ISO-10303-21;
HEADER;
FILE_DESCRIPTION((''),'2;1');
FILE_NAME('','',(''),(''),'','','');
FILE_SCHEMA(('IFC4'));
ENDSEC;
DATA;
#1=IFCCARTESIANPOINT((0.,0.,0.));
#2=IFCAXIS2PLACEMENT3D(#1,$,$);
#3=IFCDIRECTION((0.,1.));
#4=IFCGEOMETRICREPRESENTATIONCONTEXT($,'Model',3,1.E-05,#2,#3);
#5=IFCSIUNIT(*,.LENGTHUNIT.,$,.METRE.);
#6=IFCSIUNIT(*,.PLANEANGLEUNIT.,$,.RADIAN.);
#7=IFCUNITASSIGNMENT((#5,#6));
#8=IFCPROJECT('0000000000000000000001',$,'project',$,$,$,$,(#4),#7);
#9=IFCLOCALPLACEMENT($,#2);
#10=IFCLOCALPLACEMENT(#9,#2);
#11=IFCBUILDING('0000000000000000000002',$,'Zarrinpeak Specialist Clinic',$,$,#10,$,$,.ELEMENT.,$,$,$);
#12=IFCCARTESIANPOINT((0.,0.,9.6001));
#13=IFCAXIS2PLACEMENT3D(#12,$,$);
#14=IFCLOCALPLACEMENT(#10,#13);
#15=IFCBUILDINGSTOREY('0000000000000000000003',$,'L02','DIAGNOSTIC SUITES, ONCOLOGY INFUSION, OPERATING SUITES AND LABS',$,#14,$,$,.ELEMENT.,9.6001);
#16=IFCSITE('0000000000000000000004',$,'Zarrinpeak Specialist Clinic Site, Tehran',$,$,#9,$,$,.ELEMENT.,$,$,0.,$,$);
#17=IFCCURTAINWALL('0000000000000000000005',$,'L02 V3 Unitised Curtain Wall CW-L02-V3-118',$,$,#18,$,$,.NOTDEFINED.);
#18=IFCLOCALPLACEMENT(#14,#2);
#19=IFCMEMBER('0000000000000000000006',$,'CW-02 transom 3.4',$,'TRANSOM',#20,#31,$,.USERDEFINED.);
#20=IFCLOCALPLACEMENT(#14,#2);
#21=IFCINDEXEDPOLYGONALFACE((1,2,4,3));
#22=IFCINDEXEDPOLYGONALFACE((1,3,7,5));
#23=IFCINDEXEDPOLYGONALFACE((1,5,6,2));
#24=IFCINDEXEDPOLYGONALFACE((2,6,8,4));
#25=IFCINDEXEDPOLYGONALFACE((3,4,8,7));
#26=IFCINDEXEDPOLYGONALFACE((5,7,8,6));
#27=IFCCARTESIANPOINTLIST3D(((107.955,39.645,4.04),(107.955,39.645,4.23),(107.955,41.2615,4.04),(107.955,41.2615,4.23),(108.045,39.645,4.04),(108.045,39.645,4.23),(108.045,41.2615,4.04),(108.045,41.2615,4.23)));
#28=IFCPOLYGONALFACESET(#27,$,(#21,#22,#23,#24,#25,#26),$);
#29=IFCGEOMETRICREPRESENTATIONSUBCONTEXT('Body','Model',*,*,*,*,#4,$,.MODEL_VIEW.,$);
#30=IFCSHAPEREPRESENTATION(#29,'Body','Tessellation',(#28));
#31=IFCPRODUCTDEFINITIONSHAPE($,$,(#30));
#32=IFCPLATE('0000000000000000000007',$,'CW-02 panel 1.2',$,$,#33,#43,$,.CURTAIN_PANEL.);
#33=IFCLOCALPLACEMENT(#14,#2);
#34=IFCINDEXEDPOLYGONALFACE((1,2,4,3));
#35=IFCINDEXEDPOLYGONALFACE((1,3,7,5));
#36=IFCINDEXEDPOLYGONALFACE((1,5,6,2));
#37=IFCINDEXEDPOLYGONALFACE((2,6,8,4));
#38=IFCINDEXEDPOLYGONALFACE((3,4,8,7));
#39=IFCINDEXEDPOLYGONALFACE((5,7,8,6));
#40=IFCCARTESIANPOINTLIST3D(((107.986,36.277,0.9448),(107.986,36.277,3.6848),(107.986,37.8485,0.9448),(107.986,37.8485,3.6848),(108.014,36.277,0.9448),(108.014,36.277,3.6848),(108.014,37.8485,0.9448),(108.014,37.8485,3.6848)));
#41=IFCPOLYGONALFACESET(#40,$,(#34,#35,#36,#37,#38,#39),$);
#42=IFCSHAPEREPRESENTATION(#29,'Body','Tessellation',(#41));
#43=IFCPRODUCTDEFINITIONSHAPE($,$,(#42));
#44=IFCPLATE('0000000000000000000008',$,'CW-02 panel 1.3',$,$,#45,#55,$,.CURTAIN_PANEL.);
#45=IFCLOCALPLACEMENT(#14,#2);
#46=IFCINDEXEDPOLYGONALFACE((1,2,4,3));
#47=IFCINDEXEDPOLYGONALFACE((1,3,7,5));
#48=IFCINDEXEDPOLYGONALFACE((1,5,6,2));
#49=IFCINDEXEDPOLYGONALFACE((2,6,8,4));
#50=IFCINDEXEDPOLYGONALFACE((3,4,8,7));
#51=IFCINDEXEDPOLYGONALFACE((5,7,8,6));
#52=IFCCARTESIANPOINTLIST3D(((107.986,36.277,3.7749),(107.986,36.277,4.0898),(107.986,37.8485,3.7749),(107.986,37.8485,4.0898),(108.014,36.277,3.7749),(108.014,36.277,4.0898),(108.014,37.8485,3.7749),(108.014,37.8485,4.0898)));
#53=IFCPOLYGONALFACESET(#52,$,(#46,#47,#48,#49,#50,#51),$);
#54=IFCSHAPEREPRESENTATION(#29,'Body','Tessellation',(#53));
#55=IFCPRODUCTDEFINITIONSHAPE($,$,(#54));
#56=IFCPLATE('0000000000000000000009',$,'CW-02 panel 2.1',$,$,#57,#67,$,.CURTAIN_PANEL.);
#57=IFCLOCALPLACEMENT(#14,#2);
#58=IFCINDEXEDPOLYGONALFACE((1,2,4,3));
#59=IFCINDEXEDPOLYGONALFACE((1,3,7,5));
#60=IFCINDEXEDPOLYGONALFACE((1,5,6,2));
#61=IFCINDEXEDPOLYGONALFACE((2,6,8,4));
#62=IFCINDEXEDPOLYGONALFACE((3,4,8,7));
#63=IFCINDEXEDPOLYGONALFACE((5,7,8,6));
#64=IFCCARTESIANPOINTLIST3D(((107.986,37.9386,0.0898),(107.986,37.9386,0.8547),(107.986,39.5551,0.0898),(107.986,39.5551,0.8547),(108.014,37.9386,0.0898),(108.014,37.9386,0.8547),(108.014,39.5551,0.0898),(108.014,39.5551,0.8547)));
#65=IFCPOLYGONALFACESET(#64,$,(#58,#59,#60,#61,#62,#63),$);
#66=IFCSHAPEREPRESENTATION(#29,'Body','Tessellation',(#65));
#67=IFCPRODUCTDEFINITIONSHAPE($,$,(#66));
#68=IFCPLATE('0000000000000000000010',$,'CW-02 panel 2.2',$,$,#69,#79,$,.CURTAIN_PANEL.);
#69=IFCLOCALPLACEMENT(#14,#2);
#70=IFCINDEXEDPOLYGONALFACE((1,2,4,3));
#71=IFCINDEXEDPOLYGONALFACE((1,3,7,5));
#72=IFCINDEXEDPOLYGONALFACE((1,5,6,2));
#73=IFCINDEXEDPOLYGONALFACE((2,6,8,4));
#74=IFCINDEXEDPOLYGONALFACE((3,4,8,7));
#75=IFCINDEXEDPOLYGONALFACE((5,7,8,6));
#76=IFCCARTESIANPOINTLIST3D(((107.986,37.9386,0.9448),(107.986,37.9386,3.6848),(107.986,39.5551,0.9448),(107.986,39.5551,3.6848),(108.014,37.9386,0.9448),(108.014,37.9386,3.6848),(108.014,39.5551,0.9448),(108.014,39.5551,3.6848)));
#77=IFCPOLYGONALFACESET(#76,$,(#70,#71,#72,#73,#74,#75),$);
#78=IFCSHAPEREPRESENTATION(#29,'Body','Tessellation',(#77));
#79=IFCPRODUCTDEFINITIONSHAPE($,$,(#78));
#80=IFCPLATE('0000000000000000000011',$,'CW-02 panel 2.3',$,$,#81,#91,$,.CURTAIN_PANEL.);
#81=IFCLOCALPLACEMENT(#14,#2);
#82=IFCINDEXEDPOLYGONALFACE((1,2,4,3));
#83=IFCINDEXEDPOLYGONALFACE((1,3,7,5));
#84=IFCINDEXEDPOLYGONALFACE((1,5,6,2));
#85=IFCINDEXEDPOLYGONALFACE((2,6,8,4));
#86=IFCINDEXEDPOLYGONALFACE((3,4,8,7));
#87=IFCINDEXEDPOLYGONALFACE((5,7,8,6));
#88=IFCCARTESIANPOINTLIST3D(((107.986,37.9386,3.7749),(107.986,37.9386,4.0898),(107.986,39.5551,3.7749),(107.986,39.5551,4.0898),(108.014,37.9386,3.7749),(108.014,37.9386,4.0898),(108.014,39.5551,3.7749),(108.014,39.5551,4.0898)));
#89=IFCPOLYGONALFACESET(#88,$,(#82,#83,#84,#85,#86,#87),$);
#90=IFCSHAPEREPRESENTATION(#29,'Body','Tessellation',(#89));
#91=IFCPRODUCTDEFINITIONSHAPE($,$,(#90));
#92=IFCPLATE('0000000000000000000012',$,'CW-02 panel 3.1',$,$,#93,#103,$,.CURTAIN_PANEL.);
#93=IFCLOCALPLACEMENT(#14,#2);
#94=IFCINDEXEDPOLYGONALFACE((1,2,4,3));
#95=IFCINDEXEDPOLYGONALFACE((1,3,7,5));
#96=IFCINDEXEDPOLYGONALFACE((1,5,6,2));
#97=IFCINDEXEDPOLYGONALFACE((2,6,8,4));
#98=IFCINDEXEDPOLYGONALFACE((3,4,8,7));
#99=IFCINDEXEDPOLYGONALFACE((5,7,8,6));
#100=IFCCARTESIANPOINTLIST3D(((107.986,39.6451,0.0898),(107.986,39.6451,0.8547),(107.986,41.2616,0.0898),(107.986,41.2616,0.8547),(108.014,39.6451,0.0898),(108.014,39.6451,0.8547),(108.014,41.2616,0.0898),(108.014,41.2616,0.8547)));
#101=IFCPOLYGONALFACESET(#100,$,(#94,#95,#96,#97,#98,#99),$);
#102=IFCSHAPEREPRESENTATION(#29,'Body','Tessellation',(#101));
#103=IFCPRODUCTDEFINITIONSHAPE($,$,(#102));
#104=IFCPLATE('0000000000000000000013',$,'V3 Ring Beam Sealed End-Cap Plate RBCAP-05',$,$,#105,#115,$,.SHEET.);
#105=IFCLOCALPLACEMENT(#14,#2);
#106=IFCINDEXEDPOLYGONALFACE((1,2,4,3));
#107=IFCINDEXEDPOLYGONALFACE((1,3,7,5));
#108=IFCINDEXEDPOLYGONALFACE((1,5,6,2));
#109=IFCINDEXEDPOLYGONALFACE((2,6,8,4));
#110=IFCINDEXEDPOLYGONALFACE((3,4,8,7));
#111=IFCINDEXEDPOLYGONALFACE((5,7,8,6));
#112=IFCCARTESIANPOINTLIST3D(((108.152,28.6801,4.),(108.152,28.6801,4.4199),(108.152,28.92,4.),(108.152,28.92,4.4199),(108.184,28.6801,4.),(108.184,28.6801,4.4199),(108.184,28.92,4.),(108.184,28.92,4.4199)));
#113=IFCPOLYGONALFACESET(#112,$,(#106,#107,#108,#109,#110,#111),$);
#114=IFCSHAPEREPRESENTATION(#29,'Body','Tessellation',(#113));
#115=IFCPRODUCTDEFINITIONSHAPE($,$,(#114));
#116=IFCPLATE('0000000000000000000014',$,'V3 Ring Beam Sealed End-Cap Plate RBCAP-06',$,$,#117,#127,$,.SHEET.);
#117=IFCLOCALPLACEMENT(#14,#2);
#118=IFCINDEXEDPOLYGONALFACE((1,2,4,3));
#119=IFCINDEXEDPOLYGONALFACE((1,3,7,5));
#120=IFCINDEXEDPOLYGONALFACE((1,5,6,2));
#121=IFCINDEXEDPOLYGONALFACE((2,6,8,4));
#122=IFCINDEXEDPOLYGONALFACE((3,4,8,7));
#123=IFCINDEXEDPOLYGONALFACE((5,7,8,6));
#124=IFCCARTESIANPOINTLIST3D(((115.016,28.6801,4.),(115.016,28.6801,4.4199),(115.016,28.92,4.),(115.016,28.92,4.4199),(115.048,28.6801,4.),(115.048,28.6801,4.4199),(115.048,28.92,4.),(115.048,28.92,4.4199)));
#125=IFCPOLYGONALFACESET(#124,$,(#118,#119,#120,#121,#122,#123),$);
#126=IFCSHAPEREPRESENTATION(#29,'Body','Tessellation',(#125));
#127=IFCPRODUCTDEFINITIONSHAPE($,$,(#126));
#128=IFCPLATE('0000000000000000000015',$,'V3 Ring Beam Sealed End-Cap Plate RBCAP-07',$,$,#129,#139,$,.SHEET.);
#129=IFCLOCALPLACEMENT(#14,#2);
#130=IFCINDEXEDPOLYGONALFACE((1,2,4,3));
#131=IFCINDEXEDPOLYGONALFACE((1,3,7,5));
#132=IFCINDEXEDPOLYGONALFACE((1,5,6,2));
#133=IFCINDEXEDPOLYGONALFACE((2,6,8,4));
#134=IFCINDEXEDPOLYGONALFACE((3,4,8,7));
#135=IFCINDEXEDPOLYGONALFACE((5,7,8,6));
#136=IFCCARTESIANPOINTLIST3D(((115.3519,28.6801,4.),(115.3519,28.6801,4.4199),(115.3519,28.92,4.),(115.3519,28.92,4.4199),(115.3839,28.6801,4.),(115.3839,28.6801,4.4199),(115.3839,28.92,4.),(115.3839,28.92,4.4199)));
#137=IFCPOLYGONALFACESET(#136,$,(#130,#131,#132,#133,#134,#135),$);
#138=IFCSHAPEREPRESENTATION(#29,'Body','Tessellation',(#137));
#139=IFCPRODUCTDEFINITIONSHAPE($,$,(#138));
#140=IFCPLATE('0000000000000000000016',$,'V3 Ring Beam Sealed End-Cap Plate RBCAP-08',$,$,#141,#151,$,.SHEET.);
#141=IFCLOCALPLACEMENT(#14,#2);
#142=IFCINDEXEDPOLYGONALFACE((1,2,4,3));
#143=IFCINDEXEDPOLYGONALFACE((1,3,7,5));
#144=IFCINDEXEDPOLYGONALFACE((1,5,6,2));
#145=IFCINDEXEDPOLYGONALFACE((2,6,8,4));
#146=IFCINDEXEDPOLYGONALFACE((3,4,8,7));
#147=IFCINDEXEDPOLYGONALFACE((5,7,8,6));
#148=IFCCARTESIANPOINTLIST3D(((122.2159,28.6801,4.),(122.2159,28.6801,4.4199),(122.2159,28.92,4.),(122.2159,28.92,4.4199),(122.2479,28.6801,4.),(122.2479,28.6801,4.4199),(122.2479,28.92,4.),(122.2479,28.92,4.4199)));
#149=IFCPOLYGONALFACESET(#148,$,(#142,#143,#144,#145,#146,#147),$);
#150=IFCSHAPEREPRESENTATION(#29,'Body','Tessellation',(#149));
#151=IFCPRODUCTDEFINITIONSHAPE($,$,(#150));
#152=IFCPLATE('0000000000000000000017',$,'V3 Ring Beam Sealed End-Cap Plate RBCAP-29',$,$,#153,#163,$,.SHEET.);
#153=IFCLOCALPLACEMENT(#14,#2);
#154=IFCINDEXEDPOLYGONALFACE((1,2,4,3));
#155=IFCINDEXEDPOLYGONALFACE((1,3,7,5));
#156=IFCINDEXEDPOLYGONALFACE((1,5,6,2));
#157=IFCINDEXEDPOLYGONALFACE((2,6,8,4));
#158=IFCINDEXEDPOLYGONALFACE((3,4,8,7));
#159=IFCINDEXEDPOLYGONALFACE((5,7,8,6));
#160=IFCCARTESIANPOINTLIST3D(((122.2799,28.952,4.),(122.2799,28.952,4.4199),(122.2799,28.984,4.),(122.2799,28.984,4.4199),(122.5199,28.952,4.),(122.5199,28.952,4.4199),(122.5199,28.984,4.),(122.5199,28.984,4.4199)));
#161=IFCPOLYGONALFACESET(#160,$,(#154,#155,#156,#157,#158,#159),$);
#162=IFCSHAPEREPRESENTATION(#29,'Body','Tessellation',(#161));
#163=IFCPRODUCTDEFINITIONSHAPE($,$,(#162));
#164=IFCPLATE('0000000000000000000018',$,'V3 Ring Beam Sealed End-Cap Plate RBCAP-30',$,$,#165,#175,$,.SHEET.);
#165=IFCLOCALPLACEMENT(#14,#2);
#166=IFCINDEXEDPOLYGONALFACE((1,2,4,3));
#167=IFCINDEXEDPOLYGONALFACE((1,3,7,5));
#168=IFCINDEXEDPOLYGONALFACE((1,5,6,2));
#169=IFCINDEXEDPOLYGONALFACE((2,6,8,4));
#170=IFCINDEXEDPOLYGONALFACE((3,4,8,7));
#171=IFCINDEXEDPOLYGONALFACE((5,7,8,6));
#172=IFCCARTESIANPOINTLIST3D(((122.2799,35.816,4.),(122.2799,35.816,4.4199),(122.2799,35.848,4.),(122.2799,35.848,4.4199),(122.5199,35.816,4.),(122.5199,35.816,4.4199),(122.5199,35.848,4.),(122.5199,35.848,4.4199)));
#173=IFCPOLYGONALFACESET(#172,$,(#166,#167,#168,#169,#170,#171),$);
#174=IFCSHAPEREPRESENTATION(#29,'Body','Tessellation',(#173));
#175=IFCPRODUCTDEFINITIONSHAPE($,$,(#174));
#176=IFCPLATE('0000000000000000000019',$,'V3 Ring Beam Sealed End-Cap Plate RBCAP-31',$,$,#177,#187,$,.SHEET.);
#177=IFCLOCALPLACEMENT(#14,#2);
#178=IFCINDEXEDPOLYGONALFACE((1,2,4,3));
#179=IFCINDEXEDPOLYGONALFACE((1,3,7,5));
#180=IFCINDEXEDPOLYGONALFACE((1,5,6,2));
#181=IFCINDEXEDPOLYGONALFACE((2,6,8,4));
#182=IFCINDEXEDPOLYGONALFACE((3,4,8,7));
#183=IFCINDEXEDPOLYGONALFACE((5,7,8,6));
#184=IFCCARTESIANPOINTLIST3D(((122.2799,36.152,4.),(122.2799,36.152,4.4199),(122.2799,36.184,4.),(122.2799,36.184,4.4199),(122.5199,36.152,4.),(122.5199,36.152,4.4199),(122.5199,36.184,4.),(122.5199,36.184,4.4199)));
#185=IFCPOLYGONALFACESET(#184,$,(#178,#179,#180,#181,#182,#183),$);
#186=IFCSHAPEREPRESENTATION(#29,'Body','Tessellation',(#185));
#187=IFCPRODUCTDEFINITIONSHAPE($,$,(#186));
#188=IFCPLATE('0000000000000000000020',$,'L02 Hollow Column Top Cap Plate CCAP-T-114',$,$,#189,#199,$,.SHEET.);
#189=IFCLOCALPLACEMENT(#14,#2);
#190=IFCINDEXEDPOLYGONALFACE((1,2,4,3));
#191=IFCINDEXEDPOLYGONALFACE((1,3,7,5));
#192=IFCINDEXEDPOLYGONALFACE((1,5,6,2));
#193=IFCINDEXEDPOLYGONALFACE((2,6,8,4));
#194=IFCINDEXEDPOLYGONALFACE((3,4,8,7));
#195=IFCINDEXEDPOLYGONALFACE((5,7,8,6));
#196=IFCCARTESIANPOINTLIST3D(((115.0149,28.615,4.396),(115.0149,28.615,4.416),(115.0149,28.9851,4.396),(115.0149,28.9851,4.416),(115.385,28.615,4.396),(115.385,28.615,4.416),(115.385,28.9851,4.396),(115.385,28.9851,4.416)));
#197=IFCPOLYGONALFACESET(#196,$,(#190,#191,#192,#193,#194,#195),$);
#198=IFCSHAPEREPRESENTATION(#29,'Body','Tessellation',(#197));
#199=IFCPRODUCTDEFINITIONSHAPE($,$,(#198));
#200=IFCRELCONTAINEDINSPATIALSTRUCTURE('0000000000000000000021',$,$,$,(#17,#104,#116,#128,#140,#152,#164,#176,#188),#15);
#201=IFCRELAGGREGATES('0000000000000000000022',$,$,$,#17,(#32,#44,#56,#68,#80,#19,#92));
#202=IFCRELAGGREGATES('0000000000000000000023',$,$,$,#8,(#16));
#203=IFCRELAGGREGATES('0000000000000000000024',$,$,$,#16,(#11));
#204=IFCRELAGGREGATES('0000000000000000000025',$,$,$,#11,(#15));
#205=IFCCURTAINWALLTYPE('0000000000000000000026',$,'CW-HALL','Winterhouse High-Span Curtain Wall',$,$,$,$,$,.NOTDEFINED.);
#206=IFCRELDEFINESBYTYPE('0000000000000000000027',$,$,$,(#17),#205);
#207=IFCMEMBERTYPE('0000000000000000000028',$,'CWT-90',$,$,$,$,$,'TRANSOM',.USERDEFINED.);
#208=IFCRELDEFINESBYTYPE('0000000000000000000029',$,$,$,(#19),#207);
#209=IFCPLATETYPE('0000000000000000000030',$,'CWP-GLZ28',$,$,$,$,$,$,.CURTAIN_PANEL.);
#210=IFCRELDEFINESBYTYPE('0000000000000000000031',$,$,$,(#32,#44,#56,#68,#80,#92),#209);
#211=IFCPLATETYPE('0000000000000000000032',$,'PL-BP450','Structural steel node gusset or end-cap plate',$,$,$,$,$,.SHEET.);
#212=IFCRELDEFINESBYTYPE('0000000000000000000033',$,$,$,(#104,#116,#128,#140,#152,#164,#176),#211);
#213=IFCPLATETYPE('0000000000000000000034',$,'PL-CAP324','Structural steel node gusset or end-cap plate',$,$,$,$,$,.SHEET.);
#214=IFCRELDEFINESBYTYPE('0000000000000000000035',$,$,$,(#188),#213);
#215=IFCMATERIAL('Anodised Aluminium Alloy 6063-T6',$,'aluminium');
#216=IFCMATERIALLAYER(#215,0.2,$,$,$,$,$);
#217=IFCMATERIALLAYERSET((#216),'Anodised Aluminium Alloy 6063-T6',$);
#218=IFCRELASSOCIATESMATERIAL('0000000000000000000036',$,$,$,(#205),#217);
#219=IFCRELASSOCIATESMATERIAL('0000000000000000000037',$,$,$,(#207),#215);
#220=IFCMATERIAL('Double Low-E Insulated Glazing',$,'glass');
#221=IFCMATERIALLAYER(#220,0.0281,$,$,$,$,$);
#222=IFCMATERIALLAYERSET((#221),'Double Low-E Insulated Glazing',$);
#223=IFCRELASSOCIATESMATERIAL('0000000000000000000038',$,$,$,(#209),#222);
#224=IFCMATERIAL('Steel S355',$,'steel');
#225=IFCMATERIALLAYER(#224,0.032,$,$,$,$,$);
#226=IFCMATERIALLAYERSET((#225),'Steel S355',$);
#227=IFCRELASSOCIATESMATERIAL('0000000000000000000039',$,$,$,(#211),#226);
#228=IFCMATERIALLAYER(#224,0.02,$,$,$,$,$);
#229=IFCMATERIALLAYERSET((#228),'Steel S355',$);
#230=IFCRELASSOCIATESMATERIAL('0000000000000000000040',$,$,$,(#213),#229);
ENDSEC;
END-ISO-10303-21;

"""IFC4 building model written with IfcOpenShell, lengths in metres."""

from ifc_helpers import new_model, si_unit, direction, frame, origin, origin_2d, place, context, subcontext, project, spatial, rectangle, extrude, material, layer, layer_set, material_profile, profile_set, type_object, element, aggregate, save


model = new_model("IFC4")

# Units and contexts
model_context = context("Model", 3, precision=1e-05, world=origin(), true_north=direction((0.0, 1.0)))
body_context = subcontext(model_context, "Body", "Model", "MODEL_VIEW")
ifc_project = project(units=[si_unit("LENGTHUNIT", "METRE"), si_unit("PLANEANGLEUNIT", "RADIAN")], contexts=[model_context])

# Site, building, storey
site_placement = place(None, origin())
site = spatial("IfcSite", under=ifc_project, at=site_placement, Name="Zarrinpeak Specialist Clinic Site, Tehran", CompositionType="ELEMENT", RefElevation=0.0)
building_placement = place(site_placement, origin())
building = spatial("IfcBuilding", under=site, at=building_placement, Name="Zarrinpeak Specialist Clinic", CompositionType="ELEMENT")
storey_placement = place(building_placement, frame((0.0, 0.0, 9.6001)))
storey = spatial("IfcBuildingStorey", under=building, at=storey_placement, Name="L02", Description="DIAGNOSTIC SUITES, ONCOLOGY INFUSION, OPERATING SUITES AND LABS", CompositionType="ELEMENT", Elevation=9.6001)

# Shared definitions
ifc_material_1 = material(Name="Steel S355", Category="steel")

# Curtain wall, member, plates
ifc_material_2 = material(Name="Anodised Aluminium Alloy 6063-T6", Category="aluminium")
ifc_layer_1 = layer(ifc_material_2, 0.2)
ifc_layer_set_1 = layer_set([ifc_layer_1], Name="Anodised Aluminium Alloy 6063-T6")
curtain_wall_type = type_object("IfcCurtainWallType", Name="CW-HALL", Description="Winterhouse High-Span Curtain Wall", PredefinedType="NOTDEFINED", material=ifc_layer_set_1)
curtain_wall_placement = place(storey_placement, origin())
curtain_wall = element("IfcCurtainWall", 1, at=curtain_wall_placement, inside=storey, type_object=curtain_wall_type, Name="L02 V3 Unitised Curtain Wall CW-L02-V3-118", PredefinedType="NOTDEFINED")
ifc_material_profile_1 = material_profile(ifc_material_2, rectangle(XDim=0.0901, YDim=0.1899, at=origin_2d()), Name="ALU 90x190")
ifc_profile_set_1 = profile_set([ifc_material_profile_1], Name="Anodised Aluminium Alloy 6063-T6")
member_type_1 = type_object("IfcMemberType", Name="CWT-90", ElementType="TRANSOM", PredefinedType="USERDEFINED", material=ifc_profile_set_1)
member_1_placement = place(storey_placement, frame((108.0, 39.645, 4.135), z_axis=(0.0, 1.0, 0.0), x_axis=(-1.0, 0.0, 0.0)))
member_1 = element("IfcMember", 2, at=member_1_placement, type_object=member_type_1, Name="CW-02 transom 3.4", ObjectType="TRANSOM", PredefinedType="USERDEFINED", context=body_context, shape_type="SweptSolid", body=[
    extrude(rectangle(XDim=0.0901, YDim=0.1899, at=origin_2d()), origin(), (0.0, 0.0, 1.0), 1.6165),
])
ifc_material_3 = material(Name="Double Low-E Insulated Glazing", Category="glass")
ifc_layer_2 = layer(ifc_material_3, 0.0281)
ifc_layer_set_2 = layer_set([ifc_layer_2], Name="Double Low-E Insulated Glazing")
plate_type_1 = type_object("IfcPlateType", Name="CWP-GLZ28", PredefinedType="CURTAIN_PANEL", material=ifc_layer_set_2)
plate_1_placement = place(storey_placement, frame((108.0, 37.0627, 0.9448), z_axis=(0.0, 0.0, 1.0), x_axis=(0.0, 1.0, 0.0)))
plate_1 = element("IfcPlate", 3, at=plate_1_placement, type_object=plate_type_1, Name="CW-02 panel 1.2", PredefinedType="CURTAIN_PANEL", context=body_context, shape_type="SweptSolid", body=[
    extrude(rectangle(XDim=1.5715, YDim=0.0281, at=origin_2d()), origin(), (0.0, 0.0, 1.0), 2.74),
])
plate_2_placement = place(storey_placement, frame((108.0, 37.0627, 3.7749), z_axis=(0.0, 0.0, 1.0), x_axis=(0.0, 1.0, 0.0)))
plate_2 = element("IfcPlate", 4, at=plate_2_placement, type_object=plate_type_1, Name="CW-02 panel 1.3", PredefinedType="CURTAIN_PANEL", context=body_context, shape_type="SweptSolid", body=[
    extrude(rectangle(XDim=1.5715, YDim=0.0281, at=origin_2d()), origin(), (0.0, 0.0, 1.0), 0.3149),
])
plate_3_placement = place(storey_placement, frame((108.0, 38.7468, 0.0898), z_axis=(0.0, 0.0, 1.0), x_axis=(0.0, 1.0, 0.0)))
plate_3 = element("IfcPlate", 5, at=plate_3_placement, type_object=plate_type_1, Name="CW-02 panel 2.1", PredefinedType="CURTAIN_PANEL", context=body_context, shape_type="SweptSolid", body=[
    extrude(rectangle(XDim=1.6165, YDim=0.0281, at=origin_2d()), origin(), (0.0, 0.0, 1.0), 0.7649),
])
plate_4_placement = place(storey_placement, frame((108.0, 38.7468, 0.9448), z_axis=(0.0, 0.0, 1.0), x_axis=(0.0, 1.0, 0.0)))
plate_4 = element("IfcPlate", 6, at=plate_4_placement, type_object=plate_type_1, Name="CW-02 panel 2.2", PredefinedType="CURTAIN_PANEL", context=body_context, shape_type="SweptSolid", body=[
    extrude(rectangle(XDim=1.6165, YDim=0.0281, at=origin_2d()), origin(), (0.0, 0.0, 1.0), 2.74),
])
plate_5_placement = place(storey_placement, frame((108.0, 38.7468, 3.7749), z_axis=(0.0, 0.0, 1.0), x_axis=(0.0, 1.0, 0.0)))
plate_5 = element("IfcPlate", 7, at=plate_5_placement, type_object=plate_type_1, Name="CW-02 panel 2.3", PredefinedType="CURTAIN_PANEL", context=body_context, shape_type="SweptSolid", body=[
    extrude(rectangle(XDim=1.6165, YDim=0.0281, at=origin_2d()), origin(), (0.0, 0.0, 1.0), 0.3149),
])
plate_6_placement = place(storey_placement, frame((108.0, 40.4534, 0.0898), z_axis=(0.0, 0.0, 1.0), x_axis=(0.0, 1.0, 0.0)))
plate_6 = element("IfcPlate", 8, at=plate_6_placement, type_object=plate_type_1, Name="CW-02 panel 3.1", PredefinedType="CURTAIN_PANEL", context=body_context, shape_type="SweptSolid", body=[
    extrude(rectangle(XDim=1.6165, YDim=0.0281, at=origin_2d()), origin(), (0.0, 0.0, 1.0), 0.7649),
])
aggregate(curtain_wall, [plate_1, plate_2, plate_3, plate_4, plate_5, member_1, plate_6])

# Plates
ifc_layer_3 = layer(ifc_material_1, 0.032)
ifc_layer_set_3 = layer_set([ifc_layer_3], Name="Steel S355")
plate_type_2 = type_object("IfcPlateType", Name="PL-BP450", Description="Structural steel node gusset or end-cap plate", PredefinedType="SHEET", material=ifc_layer_set_3)
for number, where, z_axis, x_axis, name in (
    (9, (108.168, 28.8, 4.0), (0.0, 0.0, 1.0), (1.0, 0.0, 0.0), "V3 Ring Beam Sealed End-Cap Plate RBCAP-05"),
    (10, (115.032, 28.8, 4.0), (0.0, 0.0, 1.0), (1.0, 0.0, 0.0), "V3 Ring Beam Sealed End-Cap Plate RBCAP-06"),
    (11, (115.3679, 28.8, 4.0), (0.0, 0.0, 1.0), (1.0, 0.0, 0.0), "V3 Ring Beam Sealed End-Cap Plate RBCAP-07"),
    (12, (122.2319, 28.8, 4.0), (0.0, 0.0, 1.0), (1.0, 0.0, 0.0), "V3 Ring Beam Sealed End-Cap Plate RBCAP-08"),
):
    element("IfcPlate", number, at=place(storey_placement, frame(where, z_axis=z_axis, x_axis=x_axis)), inside=storey, type_object=plate_type_2, Name=name, PredefinedType="SHEET", context=body_context, shape_type="SweptSolid", body=[
        extrude(rectangle(XDim=0.032, YDim=0.24, at=origin_2d()), origin(), (0.0, 0.0, 1.0), 0.4199),
    ])
for number, where, z_axis, x_axis, name in (
    (13, (122.3999, 28.968, 4.0), (0.0, 0.0, 1.0), (1.0, 0.0, 0.0), "V3 Ring Beam Sealed End-Cap Plate RBCAP-29"),
    (14, (122.3999, 35.832, 4.0), (0.0, 0.0, 1.0), (1.0, 0.0, 0.0), "V3 Ring Beam Sealed End-Cap Plate RBCAP-30"),
    (15, (122.3999, 36.168, 4.0), (0.0, 0.0, 1.0), (1.0, 0.0, 0.0), "V3 Ring Beam Sealed End-Cap Plate RBCAP-31"),
):
    element("IfcPlate", number, at=place(storey_placement, frame(where, z_axis=z_axis, x_axis=x_axis)), inside=storey, type_object=plate_type_2, Name=name, PredefinedType="SHEET", context=body_context, shape_type="SweptSolid", body=[
        extrude(rectangle(XDim=0.24, YDim=0.032, at=origin_2d()), origin(), (0.0, 0.0, 1.0), 0.4199),
    ])
ifc_layer_4 = layer(ifc_material_1, 0.02)
ifc_layer_set_4 = layer_set([ifc_layer_4], Name="Steel S355")
plate_type_3 = type_object("IfcPlateType", Name="PL-CAP324", Description="Structural steel node gusset or end-cap plate", PredefinedType="SHEET", material=ifc_layer_set_4)
plate_7_placement = place(storey_placement, frame((115.2, 28.8, 4.396), z_axis=(0.0, 0.0, 1.0), x_axis=(1.0, 0.0, 0.0)))
element("IfcPlate", 16, at=plate_7_placement, inside=storey, type_object=plate_type_3, Name="L02 Hollow Column Top Cap Plate CCAP-T-114", PredefinedType="SHEET", context=body_context, shape_type="SweptSolid", body=[
    extrude(rectangle(XDim=0.3701, YDim=0.3701, at=origin_2d()), origin(), (0.0, 0.0, 1.0), 0.02),
])

save(model, "model.ifc")
